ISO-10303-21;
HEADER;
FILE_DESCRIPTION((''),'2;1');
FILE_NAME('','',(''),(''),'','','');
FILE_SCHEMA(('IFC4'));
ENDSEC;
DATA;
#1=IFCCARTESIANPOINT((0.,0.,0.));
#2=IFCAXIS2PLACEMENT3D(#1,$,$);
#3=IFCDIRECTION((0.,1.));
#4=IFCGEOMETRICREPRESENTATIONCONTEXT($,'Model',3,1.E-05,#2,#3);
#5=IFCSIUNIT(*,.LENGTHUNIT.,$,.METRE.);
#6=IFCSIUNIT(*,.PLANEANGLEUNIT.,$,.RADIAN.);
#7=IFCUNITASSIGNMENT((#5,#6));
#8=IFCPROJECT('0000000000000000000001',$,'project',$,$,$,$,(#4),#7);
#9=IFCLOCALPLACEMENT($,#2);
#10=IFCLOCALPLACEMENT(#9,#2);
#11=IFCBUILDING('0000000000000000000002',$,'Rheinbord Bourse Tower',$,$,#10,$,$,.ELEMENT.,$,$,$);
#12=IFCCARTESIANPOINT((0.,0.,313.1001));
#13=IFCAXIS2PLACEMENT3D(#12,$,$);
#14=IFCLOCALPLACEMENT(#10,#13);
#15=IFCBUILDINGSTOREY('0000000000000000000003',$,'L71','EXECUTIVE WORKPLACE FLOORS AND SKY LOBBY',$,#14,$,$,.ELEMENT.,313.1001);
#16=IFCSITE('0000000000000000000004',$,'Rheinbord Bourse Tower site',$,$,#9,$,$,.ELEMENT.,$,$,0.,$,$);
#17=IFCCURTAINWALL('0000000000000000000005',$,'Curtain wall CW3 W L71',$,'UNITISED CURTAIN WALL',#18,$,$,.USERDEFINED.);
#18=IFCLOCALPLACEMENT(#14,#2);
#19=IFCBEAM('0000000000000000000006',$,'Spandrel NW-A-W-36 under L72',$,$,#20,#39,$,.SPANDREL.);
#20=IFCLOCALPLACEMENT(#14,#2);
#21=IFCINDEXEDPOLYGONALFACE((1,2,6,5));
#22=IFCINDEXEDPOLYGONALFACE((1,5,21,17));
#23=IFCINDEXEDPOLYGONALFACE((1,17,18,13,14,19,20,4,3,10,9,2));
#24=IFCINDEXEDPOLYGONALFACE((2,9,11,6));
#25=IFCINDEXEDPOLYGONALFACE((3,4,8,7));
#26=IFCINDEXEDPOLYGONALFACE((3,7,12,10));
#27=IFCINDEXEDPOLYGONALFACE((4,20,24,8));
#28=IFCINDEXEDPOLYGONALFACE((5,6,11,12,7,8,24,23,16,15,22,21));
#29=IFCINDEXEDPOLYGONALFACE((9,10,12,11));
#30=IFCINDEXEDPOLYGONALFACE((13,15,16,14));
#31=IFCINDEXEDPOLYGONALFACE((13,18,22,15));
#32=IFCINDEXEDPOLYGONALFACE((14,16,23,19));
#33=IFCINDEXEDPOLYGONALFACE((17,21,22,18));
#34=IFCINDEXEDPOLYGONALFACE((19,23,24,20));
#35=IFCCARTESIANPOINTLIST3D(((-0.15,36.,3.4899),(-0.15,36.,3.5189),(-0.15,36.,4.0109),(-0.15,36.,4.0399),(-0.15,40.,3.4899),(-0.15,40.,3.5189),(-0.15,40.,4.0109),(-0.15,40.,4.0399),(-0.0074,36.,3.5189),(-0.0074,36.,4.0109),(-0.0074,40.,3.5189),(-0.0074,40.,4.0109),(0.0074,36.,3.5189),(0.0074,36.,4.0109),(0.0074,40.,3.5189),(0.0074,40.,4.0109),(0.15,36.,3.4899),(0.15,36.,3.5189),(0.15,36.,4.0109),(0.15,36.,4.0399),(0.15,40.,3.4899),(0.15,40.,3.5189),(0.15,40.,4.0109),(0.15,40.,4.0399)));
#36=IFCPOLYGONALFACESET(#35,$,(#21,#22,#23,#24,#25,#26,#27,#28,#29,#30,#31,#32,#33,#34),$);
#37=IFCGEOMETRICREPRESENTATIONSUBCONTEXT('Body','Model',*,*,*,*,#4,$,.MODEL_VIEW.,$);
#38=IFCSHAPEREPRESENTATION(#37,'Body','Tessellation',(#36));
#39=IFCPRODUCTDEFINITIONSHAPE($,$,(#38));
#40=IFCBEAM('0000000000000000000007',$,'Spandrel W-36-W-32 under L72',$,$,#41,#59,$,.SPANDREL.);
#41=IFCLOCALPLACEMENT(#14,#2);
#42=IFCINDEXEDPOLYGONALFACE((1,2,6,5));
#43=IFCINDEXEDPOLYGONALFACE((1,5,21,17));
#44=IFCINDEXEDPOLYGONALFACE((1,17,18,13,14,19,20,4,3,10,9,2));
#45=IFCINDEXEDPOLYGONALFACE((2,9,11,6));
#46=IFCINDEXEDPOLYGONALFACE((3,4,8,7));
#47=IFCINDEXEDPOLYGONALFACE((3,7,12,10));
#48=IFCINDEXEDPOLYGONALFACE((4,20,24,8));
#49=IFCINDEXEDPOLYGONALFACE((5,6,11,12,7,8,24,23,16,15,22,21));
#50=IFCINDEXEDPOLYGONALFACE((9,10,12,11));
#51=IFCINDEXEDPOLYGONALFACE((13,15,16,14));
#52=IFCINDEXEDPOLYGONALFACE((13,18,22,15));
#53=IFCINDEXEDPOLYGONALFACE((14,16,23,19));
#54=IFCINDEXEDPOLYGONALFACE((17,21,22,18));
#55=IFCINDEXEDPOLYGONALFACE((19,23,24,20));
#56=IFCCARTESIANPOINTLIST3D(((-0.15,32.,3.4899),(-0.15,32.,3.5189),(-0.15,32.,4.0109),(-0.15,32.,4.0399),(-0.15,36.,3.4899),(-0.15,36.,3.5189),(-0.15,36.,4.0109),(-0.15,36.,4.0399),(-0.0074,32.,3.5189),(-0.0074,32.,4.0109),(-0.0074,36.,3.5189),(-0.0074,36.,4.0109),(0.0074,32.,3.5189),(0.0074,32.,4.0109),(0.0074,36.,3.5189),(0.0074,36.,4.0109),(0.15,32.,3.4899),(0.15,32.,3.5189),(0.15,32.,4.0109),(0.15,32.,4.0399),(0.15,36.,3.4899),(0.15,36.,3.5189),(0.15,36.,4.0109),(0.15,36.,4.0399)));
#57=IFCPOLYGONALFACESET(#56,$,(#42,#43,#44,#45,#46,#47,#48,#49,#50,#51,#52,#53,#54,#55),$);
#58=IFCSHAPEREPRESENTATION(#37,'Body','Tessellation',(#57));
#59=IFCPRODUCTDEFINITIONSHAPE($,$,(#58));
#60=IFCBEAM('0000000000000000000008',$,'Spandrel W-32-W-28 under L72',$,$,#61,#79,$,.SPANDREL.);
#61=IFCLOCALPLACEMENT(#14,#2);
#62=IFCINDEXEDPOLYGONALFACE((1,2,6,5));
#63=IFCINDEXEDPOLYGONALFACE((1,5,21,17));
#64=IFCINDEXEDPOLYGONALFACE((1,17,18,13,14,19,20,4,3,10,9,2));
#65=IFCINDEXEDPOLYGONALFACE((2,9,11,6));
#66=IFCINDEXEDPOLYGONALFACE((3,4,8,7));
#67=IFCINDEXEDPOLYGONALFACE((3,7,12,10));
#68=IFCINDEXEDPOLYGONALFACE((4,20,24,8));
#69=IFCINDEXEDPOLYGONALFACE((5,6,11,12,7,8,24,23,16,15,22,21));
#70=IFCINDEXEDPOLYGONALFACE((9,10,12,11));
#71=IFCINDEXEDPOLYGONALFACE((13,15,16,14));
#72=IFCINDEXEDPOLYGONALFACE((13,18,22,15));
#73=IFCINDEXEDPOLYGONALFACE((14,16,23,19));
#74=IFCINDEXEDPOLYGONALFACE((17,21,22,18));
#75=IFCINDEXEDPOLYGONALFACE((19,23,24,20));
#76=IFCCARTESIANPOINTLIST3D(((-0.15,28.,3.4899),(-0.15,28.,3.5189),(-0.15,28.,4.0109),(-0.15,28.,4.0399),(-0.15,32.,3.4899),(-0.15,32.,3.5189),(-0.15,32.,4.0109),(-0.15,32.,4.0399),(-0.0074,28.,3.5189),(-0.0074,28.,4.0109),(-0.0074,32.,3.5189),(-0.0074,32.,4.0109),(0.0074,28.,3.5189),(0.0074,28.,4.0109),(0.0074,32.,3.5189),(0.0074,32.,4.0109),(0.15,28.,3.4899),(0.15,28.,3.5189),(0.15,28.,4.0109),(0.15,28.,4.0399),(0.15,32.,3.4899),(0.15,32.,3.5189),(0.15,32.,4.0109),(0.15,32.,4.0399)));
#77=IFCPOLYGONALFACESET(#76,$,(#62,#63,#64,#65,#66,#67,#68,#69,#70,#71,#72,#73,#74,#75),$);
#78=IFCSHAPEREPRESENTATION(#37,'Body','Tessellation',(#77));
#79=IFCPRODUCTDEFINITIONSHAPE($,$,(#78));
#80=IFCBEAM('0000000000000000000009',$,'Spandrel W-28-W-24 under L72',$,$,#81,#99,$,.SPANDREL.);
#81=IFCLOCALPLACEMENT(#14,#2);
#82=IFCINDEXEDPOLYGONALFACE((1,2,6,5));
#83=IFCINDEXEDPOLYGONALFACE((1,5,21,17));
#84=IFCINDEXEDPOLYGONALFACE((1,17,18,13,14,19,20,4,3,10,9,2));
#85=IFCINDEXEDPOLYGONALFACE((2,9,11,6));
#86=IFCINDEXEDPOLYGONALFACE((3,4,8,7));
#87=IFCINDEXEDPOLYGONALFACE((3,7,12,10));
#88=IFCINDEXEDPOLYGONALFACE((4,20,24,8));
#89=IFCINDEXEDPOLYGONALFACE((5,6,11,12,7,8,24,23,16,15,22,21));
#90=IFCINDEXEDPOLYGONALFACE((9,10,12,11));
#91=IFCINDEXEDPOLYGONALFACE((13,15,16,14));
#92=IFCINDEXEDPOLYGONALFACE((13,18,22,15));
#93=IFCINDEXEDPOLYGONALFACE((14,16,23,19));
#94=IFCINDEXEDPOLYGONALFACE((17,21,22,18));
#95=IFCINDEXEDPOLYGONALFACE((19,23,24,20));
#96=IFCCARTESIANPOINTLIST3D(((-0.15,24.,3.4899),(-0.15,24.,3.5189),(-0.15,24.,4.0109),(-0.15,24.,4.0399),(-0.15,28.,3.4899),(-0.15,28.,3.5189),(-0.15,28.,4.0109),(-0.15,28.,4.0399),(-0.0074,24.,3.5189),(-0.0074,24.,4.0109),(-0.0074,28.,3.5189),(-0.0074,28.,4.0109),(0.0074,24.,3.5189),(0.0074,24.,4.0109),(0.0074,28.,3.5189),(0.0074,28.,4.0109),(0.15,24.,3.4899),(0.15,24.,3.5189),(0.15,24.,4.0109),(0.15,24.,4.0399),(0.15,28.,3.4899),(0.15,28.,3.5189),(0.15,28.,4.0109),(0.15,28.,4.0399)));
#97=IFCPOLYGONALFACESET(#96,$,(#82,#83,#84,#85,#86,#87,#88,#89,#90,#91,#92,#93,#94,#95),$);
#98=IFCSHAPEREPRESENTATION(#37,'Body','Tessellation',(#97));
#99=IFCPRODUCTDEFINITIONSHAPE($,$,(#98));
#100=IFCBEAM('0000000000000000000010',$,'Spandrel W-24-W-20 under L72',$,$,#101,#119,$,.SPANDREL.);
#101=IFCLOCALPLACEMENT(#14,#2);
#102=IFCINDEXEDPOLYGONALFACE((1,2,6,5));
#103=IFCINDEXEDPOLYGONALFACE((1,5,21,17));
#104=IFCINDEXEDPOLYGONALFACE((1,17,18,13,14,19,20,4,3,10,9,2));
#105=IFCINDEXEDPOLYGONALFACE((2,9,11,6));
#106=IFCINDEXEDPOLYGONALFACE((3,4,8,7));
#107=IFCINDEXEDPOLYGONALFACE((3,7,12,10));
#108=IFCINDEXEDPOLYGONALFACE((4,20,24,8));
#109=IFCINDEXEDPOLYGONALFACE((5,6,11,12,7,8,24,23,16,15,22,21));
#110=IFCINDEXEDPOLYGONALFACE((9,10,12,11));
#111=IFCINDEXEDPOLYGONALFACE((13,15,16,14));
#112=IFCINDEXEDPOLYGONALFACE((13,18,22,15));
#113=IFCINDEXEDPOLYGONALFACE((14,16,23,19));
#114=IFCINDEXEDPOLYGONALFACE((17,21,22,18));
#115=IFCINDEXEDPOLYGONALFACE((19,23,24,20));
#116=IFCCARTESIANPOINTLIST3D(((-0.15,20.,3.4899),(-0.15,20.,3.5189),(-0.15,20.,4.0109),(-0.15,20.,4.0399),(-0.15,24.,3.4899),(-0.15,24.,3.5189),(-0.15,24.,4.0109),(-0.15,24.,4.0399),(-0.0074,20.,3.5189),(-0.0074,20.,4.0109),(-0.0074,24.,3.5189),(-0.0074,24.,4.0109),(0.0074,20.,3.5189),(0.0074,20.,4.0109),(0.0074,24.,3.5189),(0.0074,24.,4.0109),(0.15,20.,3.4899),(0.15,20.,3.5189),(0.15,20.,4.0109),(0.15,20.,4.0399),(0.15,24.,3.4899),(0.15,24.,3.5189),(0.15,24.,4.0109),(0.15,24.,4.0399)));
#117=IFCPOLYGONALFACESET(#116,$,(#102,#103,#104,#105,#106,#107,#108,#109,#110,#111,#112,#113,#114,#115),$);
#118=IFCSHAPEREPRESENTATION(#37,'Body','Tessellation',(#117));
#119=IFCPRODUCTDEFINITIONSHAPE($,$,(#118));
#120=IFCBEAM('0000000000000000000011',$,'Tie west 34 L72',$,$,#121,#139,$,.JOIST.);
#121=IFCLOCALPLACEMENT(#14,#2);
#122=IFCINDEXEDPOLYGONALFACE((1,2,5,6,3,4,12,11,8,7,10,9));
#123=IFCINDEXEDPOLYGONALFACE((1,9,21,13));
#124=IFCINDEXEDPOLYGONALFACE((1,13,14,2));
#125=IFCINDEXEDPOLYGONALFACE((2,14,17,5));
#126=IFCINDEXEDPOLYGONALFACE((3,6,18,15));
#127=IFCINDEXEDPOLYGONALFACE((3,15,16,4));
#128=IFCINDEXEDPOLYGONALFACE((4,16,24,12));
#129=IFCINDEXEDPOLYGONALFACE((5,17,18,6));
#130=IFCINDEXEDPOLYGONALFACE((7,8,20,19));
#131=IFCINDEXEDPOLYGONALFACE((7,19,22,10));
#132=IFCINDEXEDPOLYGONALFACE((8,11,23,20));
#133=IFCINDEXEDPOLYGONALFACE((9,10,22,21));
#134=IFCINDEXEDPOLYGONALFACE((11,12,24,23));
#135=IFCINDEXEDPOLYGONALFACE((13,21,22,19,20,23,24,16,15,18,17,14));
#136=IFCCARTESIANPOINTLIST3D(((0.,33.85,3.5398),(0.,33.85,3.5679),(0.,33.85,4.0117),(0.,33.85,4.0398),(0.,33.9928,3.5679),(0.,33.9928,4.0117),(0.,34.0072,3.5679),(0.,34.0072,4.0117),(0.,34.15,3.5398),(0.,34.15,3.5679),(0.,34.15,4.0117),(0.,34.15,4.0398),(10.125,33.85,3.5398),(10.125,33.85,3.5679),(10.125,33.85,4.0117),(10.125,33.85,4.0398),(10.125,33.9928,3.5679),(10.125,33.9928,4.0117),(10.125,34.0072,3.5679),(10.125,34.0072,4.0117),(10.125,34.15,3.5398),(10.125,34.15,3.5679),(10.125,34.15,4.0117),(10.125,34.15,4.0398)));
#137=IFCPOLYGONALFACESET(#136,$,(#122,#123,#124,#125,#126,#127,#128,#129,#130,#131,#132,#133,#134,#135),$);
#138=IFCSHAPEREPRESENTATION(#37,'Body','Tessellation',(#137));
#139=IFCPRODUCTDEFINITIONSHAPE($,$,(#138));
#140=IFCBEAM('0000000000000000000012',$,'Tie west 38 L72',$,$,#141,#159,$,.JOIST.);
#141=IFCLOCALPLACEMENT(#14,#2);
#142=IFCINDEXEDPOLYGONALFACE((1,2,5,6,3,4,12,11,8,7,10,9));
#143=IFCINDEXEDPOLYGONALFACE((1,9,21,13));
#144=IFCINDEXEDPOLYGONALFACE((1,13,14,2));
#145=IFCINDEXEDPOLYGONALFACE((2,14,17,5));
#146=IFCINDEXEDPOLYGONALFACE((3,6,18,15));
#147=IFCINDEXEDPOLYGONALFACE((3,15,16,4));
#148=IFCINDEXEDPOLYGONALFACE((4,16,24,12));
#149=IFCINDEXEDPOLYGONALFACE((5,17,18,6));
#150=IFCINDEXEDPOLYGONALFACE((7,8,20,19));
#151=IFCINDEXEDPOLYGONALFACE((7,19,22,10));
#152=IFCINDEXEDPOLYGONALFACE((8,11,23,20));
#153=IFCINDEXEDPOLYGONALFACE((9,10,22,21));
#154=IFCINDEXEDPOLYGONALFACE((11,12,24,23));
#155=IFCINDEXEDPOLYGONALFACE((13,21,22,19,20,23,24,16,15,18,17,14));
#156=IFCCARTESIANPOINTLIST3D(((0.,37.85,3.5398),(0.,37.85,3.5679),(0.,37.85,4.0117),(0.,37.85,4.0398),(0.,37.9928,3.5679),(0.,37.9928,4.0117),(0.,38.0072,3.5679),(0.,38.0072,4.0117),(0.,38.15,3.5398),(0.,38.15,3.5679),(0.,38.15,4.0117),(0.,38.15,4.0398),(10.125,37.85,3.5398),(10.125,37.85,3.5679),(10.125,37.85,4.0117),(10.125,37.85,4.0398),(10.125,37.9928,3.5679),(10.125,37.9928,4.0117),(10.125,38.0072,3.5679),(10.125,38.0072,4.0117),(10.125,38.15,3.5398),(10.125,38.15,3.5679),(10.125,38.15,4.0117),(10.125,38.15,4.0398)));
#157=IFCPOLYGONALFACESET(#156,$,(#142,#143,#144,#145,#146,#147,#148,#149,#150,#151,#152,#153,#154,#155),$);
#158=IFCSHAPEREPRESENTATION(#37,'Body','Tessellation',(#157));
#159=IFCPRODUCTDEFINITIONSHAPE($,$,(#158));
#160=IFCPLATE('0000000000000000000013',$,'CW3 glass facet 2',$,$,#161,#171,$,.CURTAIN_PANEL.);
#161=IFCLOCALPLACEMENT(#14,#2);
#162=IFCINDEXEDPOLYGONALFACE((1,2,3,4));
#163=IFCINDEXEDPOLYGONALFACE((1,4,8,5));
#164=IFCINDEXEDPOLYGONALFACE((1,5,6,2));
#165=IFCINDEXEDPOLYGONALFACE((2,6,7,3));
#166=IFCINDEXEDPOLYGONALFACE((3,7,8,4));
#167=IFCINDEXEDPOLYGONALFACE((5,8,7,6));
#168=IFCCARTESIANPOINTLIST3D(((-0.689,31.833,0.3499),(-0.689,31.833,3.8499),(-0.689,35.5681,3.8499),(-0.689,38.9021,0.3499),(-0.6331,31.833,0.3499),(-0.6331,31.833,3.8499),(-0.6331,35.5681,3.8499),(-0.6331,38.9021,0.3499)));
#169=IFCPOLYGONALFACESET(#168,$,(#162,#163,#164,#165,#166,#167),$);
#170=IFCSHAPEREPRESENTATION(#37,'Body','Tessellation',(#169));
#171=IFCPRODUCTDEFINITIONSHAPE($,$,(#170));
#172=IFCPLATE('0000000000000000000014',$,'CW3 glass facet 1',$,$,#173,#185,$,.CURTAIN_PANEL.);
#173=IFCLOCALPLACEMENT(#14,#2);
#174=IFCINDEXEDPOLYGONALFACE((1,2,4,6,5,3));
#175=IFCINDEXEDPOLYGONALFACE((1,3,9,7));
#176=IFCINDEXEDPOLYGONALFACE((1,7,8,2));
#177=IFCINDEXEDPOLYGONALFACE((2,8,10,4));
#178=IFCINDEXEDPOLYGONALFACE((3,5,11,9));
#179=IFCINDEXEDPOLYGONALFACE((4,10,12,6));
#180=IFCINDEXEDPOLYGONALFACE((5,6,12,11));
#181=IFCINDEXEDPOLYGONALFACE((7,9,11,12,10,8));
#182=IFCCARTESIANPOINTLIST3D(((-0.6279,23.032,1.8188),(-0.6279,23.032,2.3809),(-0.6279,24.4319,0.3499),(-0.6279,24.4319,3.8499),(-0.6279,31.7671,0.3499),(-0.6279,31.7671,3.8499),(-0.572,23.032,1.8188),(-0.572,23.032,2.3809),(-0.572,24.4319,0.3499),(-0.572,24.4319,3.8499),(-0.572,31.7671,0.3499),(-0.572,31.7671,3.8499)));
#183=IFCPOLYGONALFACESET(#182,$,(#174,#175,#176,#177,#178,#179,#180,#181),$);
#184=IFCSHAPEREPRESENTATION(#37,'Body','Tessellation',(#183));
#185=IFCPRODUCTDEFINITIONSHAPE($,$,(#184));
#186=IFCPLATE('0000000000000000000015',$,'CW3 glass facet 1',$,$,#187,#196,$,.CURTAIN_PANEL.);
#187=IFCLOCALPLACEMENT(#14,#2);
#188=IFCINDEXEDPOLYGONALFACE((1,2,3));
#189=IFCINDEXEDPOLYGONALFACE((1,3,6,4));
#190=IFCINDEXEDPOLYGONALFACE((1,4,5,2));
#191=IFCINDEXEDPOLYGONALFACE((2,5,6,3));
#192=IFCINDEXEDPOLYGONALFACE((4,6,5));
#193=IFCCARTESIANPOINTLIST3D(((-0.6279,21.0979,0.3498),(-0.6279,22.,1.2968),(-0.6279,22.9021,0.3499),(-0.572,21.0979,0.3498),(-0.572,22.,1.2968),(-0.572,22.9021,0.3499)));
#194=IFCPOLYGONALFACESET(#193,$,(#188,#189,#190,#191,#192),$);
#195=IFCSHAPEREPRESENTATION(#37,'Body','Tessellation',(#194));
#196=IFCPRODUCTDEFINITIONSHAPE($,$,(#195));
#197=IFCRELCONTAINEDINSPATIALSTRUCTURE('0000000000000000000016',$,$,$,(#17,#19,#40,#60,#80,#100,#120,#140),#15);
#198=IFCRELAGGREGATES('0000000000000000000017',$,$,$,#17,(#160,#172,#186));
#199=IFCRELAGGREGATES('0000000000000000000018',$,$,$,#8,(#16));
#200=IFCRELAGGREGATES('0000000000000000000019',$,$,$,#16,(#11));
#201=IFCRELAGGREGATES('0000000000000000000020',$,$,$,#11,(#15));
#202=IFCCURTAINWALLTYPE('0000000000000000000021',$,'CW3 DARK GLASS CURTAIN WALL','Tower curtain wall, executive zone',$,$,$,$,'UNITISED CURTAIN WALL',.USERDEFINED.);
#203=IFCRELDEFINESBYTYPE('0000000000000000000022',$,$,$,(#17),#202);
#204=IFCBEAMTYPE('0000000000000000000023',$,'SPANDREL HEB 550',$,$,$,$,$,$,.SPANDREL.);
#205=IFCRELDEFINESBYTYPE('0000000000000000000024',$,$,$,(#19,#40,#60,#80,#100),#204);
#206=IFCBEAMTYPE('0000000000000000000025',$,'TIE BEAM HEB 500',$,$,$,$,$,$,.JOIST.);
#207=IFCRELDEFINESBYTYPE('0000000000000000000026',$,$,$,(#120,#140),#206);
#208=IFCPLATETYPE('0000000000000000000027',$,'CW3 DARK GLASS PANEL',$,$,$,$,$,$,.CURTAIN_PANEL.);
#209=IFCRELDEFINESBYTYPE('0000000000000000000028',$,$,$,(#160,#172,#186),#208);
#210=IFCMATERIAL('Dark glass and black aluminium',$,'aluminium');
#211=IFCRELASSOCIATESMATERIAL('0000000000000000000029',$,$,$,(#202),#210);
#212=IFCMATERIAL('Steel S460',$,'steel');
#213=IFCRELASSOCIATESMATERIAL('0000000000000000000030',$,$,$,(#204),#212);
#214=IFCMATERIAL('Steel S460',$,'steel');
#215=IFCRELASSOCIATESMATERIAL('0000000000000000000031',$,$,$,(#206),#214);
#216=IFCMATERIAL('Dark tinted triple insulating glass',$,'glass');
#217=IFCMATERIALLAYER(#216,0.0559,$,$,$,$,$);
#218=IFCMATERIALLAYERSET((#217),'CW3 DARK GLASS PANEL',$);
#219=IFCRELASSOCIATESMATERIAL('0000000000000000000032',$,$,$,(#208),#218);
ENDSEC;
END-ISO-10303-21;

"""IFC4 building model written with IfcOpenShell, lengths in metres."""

from ifc_helpers import new_model, si_unit, direction, frame, origin, origin_2d, place, context, subcontext, project, spatial, polyline, i_section, outline, extrude, material, layer, layer_set, material_profile, profile_set, type_object, element, aggregate, save


model = new_model("IFC4")

# Units and contexts
model_context = context("Model", 3, precision=1e-05, world=origin(), true_north=direction((0.0, 1.0)))
body_context = subcontext(model_context, "Body", "Model", "MODEL_VIEW")
ifc_project = project(units=[si_unit("LENGTHUNIT", "METRE"), si_unit("PLANEANGLEUNIT", "RADIAN")], contexts=[model_context])

# Site, building, storey
site_placement = place(None, origin())
site = spatial("IfcSite", under=ifc_project, at=site_placement, Name="Rheinbord Bourse Tower site", CompositionType="ELEMENT", RefElevation=0.0)
building_placement = place(site_placement, origin())
building = spatial("IfcBuilding", under=site, at=building_placement, Name="Rheinbord Bourse Tower", CompositionType="ELEMENT")
storey_placement = place(building_placement, frame((0.0, 0.0, 313.1001)))
storey = spatial("IfcBuildingStorey", under=building, at=storey_placement, Name="L71", Description="EXECUTIVE WORKPLACE FLOORS AND SKY LOBBY", CompositionType="ELEMENT", Elevation=313.1001)

# Curtain wall
ifc_material_1 = material(Name="Dark glass and black aluminium", Category="aluminium")
curtain_wall_type = type_object("IfcCurtainWallType", Name="CW3 DARK GLASS CURTAIN WALL", Description="Tower curtain wall, executive zone", ElementType="UNITISED CURTAIN WALL", PredefinedType="USERDEFINED", material=ifc_material_1)
curtain_wall_placement = place(storey_placement, origin())
curtain_wall = element("IfcCurtainWall", 1, at=curtain_wall_placement, inside=storey, type_object=curtain_wall_type, Name="Curtain wall CW3 W L71", ObjectType="UNITISED CURTAIN WALL", PredefinedType="USERDEFINED")

# Beams
ifc_material_2 = material(Name="Steel S460", Category="steel")
ifc_material_profile_1 = material_profile(ifc_material_2, i_section(OverallWidth=0.3, OverallDepth=0.55, WebThickness=0.0149, FlangeThickness=0.0291, at=origin_2d()), Name="HEB 550")
ifc_profile_set_1 = profile_set([ifc_material_profile_1], Name="Steel S460")
beam_type_1 = type_object("IfcBeamType", Name="SPANDREL HEB 550", PredefinedType="SPANDREL", material=ifc_profile_set_1)
for number, where, z_axis, x_axis, name in (
    (2, (0.0, 40.0, 3.7649), (0.0, -1.0, 0.0), (1.0, 0.0, 0.0), "Spandrel NW-A-W-36 under L72"),
    (3, (0.0, 36.0, 3.7649), (0.0, -1.0, 0.0), (1.0, 0.0, 0.0), "Spandrel W-36-W-32 under L72"),
    (4, (0.0, 32.0, 3.7649), (0.0, -1.0, 0.0), (1.0, 0.0, 0.0), "Spandrel W-32-W-28 under L72"),
    (5, (0.0, 28.0, 3.7649), (0.0, -1.0, 0.0), (1.0, 0.0, 0.0), "Spandrel W-28-W-24 under L72"),
    (6, (0.0, 24.0, 3.7649), (0.0, -1.0, 0.0), (1.0, 0.0, 0.0), "Spandrel W-24-W-20 under L72"),
):
    element("IfcBeam", number, at=place(storey_placement, frame(where, z_axis=z_axis, x_axis=x_axis)), inside=storey, type_object=beam_type_1, Name=name, PredefinedType="SPANDREL", context=body_context, shape_type="SweptSolid", body=[
        extrude(i_section(OverallWidth=0.3, OverallDepth=0.55, WebThickness=0.0149, FlangeThickness=0.0291, at=origin_2d()), origin(), (0.0, 0.0, 1.0), 4.0),
    ])
ifc_material_3 = material(Name="Steel S460", Category="steel")
ifc_material_profile_2 = material_profile(ifc_material_3, i_section(OverallWidth=0.3, OverallDepth=0.5, WebThickness=0.0144, FlangeThickness=0.0281, at=origin_2d()), Name="HEB 500")
ifc_profile_set_2 = profile_set([ifc_material_profile_2], Name="Steel S460")
beam_type_2 = type_object("IfcBeamType", Name="TIE BEAM HEB 500", PredefinedType="JOIST", material=ifc_profile_set_2)
for number, where, z_axis, x_axis, name in (
    (7, (0.0, 34.0, 3.7898), (1.0, 0.0, 0.0), (0.0, 1.0, 0.0), "Tie west 34 L72"),
    (8, (0.0, 38.0, 3.7898), (1.0, 0.0, 0.0), (0.0, 1.0, 0.0), "Tie west 38 L72"),
):
    element("IfcBeam", number, at=place(storey_placement, frame(where, z_axis=z_axis, x_axis=x_axis)), inside=storey, type_object=beam_type_2, Name=name, PredefinedType="JOIST", context=body_context, shape_type="SweptSolid", body=[
        extrude(i_section(OverallWidth=0.3, OverallDepth=0.5, WebThickness=0.0144, FlangeThickness=0.0281, at=origin_2d()), origin(), (0.0, 0.0, 1.0), 10.125),
    ])

# Plates
ifc_material_4 = material(Name="Dark tinted triple insulating glass", Category="glass")
ifc_layer_1 = layer(ifc_material_4, 0.0559)
ifc_layer_set_1 = layer_set([ifc_layer_1], Name="CW3 DARK GLASS PANEL")
plate_type = type_object("IfcPlateType", Name="CW3 DARK GLASS PANEL", PredefinedType="CURTAIN_PANEL", material=ifc_layer_set_1)
plate_1_placement = place(storey_placement, frame((-0.689, 31.833, 3.8499), z_axis=(1.0, 0.0, 0.0), x_axis=(0.0, 0.0, -1.0)))
plate_1 = element("IfcPlate", 9, at=plate_1_placement, type_object=plate_type, Name="CW3 glass facet 2", PredefinedType="CURTAIN_PANEL", context=body_context, shape_type="SweptSolid", body=[
    extrude(outline(polyline([(0.0, 0.0), (3.5, 0.0), (3.5, 7.0691), (0.0, 3.7351), (0.0, 0.0)])), origin(), (0.0, 0.0, 1.0), 0.0559),
])
plate_2_placement = place(storey_placement, frame((-0.6279, 31.7671, 0.3499), z_axis=(1.0, 0.0, 0.0), x_axis=(0.0, 0.0, 1.0)))
plate_2 = element("IfcPlate", 10, at=plate_2_placement, type_object=plate_type, Name="CW3 glass facet 1", PredefinedType="CURTAIN_PANEL", context=body_context, shape_type="SweptSolid", body=[
    extrude(outline(polyline([(0.0, 0.0), (3.5, 0.0), (3.5, 7.3352), (2.031, 8.7351), (1.469, 8.7351), (0.0, 7.3352), (0.0, 0.0)])), origin(), (0.0, 0.0, 1.0), 0.0559),
])
plate_3_placement = place(storey_placement, frame((-0.6279, 22.9021, 0.3499), z_axis=(1.0, 0.0, 0.0), x_axis=(0.0, -0.689725, 0.724071)))
plate_3 = element("IfcPlate", 11, at=plate_3_placement, type_object=plate_type, Name="CW3 glass facet 1", PredefinedType="CURTAIN_PANEL", context=body_context, shape_type="SweptSolid", body=[
    extrude(outline(polyline([(0.0, 0.0), (1.3079, 0.0), (1.2444, 1.3064), (0.0, 0.0)])), origin(), (0.0, 0.0, 1.0), 0.0559),
])
aggregate(curtain_wall, [plate_1, plate_2, plate_3])

save(model, "model.ifc")
